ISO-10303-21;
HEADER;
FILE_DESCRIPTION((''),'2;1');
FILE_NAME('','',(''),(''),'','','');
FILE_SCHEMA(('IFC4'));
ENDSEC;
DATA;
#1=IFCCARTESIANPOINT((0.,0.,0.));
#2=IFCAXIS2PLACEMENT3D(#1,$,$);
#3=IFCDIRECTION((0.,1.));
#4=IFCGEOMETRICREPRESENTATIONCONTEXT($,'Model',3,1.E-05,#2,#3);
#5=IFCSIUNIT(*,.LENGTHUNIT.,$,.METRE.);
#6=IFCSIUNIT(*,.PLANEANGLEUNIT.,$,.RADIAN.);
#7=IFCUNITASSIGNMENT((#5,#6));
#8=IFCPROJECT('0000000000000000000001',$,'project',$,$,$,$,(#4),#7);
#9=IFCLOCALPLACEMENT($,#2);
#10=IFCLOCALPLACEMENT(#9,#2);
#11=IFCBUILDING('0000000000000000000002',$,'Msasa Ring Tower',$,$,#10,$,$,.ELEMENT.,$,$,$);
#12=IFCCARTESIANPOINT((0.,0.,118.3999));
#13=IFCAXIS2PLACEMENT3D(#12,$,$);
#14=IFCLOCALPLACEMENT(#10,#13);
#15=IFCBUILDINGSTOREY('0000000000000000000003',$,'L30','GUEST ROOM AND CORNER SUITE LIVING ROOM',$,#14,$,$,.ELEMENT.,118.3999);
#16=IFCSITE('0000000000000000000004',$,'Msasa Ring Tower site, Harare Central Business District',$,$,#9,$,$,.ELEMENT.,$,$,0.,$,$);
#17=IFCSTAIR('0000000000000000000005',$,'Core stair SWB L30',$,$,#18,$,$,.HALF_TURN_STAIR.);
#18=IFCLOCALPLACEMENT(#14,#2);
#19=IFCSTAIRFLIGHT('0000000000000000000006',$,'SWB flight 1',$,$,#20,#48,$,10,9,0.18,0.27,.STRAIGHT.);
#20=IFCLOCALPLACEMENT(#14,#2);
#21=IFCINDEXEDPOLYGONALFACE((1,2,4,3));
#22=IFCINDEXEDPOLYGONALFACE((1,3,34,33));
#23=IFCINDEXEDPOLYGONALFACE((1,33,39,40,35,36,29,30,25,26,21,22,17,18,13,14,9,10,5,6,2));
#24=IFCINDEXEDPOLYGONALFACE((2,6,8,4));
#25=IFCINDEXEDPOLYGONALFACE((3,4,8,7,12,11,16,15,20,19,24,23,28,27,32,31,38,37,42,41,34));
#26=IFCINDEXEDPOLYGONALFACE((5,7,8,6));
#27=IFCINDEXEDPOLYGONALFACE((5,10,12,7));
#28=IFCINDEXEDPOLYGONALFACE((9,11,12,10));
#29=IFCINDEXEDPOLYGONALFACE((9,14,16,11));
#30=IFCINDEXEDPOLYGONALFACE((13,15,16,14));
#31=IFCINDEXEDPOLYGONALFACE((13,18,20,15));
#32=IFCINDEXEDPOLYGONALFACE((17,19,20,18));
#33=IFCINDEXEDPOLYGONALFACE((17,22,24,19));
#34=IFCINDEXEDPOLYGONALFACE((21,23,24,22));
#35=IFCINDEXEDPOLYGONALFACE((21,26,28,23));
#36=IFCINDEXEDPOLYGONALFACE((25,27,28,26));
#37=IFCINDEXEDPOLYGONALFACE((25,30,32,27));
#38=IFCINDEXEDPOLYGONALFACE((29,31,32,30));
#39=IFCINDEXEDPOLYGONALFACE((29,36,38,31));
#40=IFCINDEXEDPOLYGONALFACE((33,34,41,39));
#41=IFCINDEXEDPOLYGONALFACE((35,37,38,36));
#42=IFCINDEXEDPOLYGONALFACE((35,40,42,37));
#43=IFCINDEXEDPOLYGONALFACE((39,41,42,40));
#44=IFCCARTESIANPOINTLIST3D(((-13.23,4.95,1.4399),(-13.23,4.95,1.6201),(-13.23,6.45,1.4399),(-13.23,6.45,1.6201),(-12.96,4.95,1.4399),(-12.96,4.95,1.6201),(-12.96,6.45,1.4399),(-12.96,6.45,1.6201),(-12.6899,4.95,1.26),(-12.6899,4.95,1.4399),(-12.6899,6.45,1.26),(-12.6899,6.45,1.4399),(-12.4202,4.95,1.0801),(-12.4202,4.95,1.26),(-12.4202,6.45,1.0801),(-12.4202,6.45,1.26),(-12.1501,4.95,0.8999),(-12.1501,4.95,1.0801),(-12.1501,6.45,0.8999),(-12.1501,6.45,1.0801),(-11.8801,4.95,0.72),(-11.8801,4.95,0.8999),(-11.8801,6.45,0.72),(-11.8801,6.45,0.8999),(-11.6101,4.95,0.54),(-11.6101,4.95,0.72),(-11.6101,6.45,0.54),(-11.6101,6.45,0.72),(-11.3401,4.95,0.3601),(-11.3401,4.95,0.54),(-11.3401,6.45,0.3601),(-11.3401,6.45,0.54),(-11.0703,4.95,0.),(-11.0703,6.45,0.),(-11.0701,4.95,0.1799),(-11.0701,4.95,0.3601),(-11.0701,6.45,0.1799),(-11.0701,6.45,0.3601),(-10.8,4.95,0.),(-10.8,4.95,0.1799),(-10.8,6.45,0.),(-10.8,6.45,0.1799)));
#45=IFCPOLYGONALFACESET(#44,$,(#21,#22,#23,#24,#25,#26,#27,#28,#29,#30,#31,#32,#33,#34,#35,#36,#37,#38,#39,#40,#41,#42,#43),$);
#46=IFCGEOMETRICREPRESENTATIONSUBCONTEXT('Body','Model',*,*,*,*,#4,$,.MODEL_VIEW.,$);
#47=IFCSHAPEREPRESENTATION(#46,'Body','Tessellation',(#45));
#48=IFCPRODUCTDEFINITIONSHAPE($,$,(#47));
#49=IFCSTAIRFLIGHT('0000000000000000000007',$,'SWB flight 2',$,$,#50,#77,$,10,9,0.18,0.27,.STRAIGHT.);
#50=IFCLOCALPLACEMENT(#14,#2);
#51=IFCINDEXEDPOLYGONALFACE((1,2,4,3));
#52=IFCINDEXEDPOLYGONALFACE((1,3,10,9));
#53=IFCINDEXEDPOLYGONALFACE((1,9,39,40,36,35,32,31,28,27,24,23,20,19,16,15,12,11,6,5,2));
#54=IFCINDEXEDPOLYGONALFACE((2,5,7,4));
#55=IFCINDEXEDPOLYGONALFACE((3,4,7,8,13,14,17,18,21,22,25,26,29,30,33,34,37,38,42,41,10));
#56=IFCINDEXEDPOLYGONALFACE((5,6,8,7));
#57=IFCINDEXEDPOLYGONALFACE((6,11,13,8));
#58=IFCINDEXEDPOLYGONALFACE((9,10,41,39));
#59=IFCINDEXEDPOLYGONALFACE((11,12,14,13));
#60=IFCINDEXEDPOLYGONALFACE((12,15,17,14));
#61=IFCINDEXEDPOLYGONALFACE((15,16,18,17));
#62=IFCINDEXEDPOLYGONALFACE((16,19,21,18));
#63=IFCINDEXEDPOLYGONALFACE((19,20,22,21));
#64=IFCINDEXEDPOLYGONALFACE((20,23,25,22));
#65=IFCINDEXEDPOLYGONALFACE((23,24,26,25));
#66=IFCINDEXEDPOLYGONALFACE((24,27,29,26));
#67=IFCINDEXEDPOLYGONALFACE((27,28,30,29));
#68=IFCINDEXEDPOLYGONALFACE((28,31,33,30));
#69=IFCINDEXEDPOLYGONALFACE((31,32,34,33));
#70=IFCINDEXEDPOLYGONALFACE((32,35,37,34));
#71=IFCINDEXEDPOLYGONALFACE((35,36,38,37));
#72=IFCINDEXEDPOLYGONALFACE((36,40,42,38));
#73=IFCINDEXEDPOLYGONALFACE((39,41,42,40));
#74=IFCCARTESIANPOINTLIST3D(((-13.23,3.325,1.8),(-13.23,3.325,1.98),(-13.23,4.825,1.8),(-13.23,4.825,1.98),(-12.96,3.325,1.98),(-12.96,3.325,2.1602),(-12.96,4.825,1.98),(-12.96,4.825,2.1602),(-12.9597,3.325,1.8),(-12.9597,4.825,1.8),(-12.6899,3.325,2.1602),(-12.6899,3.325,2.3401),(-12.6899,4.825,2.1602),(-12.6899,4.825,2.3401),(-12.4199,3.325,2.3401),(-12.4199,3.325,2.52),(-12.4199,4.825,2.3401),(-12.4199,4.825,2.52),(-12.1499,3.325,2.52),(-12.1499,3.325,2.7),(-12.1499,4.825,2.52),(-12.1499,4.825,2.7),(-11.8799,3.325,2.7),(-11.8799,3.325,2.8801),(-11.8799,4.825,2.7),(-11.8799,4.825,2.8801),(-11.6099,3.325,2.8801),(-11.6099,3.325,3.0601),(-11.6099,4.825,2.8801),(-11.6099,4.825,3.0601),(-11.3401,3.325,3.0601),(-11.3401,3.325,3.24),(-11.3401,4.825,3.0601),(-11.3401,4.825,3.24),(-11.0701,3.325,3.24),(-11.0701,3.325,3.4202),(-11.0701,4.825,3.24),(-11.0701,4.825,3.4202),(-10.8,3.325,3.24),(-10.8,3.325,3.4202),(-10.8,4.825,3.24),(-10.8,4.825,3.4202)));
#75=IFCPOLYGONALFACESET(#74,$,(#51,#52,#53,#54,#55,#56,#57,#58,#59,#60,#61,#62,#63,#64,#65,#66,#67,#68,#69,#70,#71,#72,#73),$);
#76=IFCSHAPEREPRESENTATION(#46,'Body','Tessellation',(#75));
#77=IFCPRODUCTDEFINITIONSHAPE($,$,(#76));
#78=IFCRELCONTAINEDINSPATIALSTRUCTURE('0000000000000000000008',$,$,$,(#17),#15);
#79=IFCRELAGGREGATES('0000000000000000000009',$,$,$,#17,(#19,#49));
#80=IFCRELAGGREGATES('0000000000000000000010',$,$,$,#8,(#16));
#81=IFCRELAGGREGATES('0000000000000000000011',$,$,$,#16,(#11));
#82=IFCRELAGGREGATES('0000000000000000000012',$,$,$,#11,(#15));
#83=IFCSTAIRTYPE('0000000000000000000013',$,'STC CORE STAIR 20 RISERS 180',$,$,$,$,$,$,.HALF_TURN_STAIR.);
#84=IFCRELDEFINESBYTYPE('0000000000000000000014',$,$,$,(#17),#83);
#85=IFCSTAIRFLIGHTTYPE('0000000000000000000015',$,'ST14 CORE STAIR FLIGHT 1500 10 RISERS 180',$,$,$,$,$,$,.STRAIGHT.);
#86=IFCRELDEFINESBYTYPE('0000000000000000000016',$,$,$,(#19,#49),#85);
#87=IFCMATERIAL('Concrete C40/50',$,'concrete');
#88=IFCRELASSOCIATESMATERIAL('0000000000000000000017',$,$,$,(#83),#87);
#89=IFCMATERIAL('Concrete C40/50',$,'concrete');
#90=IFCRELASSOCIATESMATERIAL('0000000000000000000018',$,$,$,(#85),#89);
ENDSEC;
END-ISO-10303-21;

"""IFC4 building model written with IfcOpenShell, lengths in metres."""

from ifc_helpers import new_model, si_unit, direction, frame, origin, place, context, subcontext, project, spatial, polyline, outline, extrude, material, type_object, element, aggregate, save


model = new_model("IFC4")

# Units and contexts
model_context = context("Model", 3, precision=1e-05, world=origin(), true_north=direction((0.0, 1.0)))
body_context = subcontext(model_context, "Body", "Model", "MODEL_VIEW")
ifc_project = project(units=[si_unit("LENGTHUNIT", "METRE"), si_unit("PLANEANGLEUNIT", "RADIAN")], contexts=[model_context])

# Site, building, storey
site_placement = place(None, origin())
site = spatial("IfcSite", under=ifc_project, at=site_placement, Name="Msasa Ring Tower site, Harare Central Business District", CompositionType="ELEMENT", RefElevation=0.0)
building_placement = place(site_placement, origin())
building = spatial("IfcBuilding", under=site, at=building_placement, Name="Msasa Ring Tower", CompositionType="ELEMENT")
storey_placement = place(building_placement, frame((0.0, 0.0, 118.3999)))
storey = spatial("IfcBuildingStorey", under=building, at=storey_placement, Name="L30", Description="GUEST ROOM AND CORNER SUITE LIVING ROOM", CompositionType="ELEMENT", Elevation=118.3999)

# Stair, stair flights
ifc_material_1 = material(Name="Concrete C40/50", Category="concrete")
stair_type = type_object("IfcStairType", Name="STC CORE STAIR 20 RISERS 180", PredefinedType="HALF_TURN_STAIR", material=ifc_material_1)
stair_placement = place(storey_placement, origin())
stair = element("IfcStair", 1, at=stair_placement, inside=storey, type_object=stair_type, Name="Core stair SWB L30", PredefinedType="HALF_TURN_STAIR")
ifc_material_2 = material(Name="Concrete C40/50", Category="concrete")
stair_flight_type = type_object("IfcStairFlightType", Name="ST14 CORE STAIR FLIGHT 1500 10 RISERS 180", PredefinedType="STRAIGHT", material=ifc_material_2)
stair_flight_1_placement = place(storey_placement, frame((-10.8, 5.7, 0.0), z_axis=(0.0, 0.0, 1.0), x_axis=(-1.0, 0.0, 0.0)))
stair_flight_1 = element("IfcStairFlight", 2, at=stair_flight_1_placement, type_object=stair_flight_type, Name="SWB flight 1", NumberOfRisers=10, NumberOfTreads=9, PredefinedType="STRAIGHT", RiserHeight=0.18, TreadLength=0.27, context=body_context, shape_type="SweptSolid", body=[
    extrude(outline(polyline([(0.0, 0.0), (0.0, 0.1799), (0.27, 0.1799), (0.27, 0.3601), (0.54, 0.3601), (0.54, 0.54), (0.8101, 0.54), (0.8101, 0.72), (1.0801, 0.72), (1.0801, 0.8999), (1.3501, 0.8999), (1.3501, 1.0801), (1.6201, 1.0801), (1.6201, 1.26), (1.8899, 1.26), (1.8899, 1.4399), (2.1599, 1.4399), (2.1599, 1.6201), (2.4299, 1.6201), (2.4299, 1.8), (2.4299, 1.4399), (0.2703, 0.0), (0.0, 0.0)])), frame((0.0, 0.75, 0.0), z_axis=(0.0, -1.0, 0.0), x_axis=(1.0, 0.0, 0.0)), (0.0, 0.0, 1.0), 1.5),
])
stair_flight_2_placement = place(storey_placement, frame((-13.23, 4.075, 1.8), z_axis=(0.0, 0.0, 1.0), x_axis=(1.0, 0.0, 0.0)))
stair_flight_2 = element("IfcStairFlight", 3, at=stair_flight_2_placement, type_object=stair_flight_type, Name="SWB flight 2", NumberOfRisers=10, NumberOfTreads=9, PredefinedType="STRAIGHT", RiserHeight=0.18, TreadLength=0.27, context=body_context, shape_type="SweptSolid", body=[
    extrude(outline(polyline([(0.0, 0.0), (0.0, 0.1799), (0.27, 0.1799), (0.27, 0.3601), (0.54, 0.3601), (0.54, 0.54), (0.8101, 0.54), (0.8101, 0.72), (1.0801, 0.72), (1.0801, 0.8999), (1.3501, 0.8999), (1.3501, 1.0801), (1.6201, 1.0801), (1.6201, 1.26), (1.8899, 1.26), (1.8899, 1.4399), (2.1599, 1.4399), (2.1599, 1.6201), (2.4299, 1.6201), (2.4299, 1.8), (2.4299, 1.4399), (0.2703, 0.0), (0.0, 0.0)])), frame((0.0, 0.75, 0.0), z_axis=(0.0, -1.0, 0.0), x_axis=(1.0, 0.0, 0.0)), (0.0, 0.0, 1.0), 1.5),
])
aggregate(stair, [stair_flight_1, stair_flight_2])

save(model, "model.ifc")
